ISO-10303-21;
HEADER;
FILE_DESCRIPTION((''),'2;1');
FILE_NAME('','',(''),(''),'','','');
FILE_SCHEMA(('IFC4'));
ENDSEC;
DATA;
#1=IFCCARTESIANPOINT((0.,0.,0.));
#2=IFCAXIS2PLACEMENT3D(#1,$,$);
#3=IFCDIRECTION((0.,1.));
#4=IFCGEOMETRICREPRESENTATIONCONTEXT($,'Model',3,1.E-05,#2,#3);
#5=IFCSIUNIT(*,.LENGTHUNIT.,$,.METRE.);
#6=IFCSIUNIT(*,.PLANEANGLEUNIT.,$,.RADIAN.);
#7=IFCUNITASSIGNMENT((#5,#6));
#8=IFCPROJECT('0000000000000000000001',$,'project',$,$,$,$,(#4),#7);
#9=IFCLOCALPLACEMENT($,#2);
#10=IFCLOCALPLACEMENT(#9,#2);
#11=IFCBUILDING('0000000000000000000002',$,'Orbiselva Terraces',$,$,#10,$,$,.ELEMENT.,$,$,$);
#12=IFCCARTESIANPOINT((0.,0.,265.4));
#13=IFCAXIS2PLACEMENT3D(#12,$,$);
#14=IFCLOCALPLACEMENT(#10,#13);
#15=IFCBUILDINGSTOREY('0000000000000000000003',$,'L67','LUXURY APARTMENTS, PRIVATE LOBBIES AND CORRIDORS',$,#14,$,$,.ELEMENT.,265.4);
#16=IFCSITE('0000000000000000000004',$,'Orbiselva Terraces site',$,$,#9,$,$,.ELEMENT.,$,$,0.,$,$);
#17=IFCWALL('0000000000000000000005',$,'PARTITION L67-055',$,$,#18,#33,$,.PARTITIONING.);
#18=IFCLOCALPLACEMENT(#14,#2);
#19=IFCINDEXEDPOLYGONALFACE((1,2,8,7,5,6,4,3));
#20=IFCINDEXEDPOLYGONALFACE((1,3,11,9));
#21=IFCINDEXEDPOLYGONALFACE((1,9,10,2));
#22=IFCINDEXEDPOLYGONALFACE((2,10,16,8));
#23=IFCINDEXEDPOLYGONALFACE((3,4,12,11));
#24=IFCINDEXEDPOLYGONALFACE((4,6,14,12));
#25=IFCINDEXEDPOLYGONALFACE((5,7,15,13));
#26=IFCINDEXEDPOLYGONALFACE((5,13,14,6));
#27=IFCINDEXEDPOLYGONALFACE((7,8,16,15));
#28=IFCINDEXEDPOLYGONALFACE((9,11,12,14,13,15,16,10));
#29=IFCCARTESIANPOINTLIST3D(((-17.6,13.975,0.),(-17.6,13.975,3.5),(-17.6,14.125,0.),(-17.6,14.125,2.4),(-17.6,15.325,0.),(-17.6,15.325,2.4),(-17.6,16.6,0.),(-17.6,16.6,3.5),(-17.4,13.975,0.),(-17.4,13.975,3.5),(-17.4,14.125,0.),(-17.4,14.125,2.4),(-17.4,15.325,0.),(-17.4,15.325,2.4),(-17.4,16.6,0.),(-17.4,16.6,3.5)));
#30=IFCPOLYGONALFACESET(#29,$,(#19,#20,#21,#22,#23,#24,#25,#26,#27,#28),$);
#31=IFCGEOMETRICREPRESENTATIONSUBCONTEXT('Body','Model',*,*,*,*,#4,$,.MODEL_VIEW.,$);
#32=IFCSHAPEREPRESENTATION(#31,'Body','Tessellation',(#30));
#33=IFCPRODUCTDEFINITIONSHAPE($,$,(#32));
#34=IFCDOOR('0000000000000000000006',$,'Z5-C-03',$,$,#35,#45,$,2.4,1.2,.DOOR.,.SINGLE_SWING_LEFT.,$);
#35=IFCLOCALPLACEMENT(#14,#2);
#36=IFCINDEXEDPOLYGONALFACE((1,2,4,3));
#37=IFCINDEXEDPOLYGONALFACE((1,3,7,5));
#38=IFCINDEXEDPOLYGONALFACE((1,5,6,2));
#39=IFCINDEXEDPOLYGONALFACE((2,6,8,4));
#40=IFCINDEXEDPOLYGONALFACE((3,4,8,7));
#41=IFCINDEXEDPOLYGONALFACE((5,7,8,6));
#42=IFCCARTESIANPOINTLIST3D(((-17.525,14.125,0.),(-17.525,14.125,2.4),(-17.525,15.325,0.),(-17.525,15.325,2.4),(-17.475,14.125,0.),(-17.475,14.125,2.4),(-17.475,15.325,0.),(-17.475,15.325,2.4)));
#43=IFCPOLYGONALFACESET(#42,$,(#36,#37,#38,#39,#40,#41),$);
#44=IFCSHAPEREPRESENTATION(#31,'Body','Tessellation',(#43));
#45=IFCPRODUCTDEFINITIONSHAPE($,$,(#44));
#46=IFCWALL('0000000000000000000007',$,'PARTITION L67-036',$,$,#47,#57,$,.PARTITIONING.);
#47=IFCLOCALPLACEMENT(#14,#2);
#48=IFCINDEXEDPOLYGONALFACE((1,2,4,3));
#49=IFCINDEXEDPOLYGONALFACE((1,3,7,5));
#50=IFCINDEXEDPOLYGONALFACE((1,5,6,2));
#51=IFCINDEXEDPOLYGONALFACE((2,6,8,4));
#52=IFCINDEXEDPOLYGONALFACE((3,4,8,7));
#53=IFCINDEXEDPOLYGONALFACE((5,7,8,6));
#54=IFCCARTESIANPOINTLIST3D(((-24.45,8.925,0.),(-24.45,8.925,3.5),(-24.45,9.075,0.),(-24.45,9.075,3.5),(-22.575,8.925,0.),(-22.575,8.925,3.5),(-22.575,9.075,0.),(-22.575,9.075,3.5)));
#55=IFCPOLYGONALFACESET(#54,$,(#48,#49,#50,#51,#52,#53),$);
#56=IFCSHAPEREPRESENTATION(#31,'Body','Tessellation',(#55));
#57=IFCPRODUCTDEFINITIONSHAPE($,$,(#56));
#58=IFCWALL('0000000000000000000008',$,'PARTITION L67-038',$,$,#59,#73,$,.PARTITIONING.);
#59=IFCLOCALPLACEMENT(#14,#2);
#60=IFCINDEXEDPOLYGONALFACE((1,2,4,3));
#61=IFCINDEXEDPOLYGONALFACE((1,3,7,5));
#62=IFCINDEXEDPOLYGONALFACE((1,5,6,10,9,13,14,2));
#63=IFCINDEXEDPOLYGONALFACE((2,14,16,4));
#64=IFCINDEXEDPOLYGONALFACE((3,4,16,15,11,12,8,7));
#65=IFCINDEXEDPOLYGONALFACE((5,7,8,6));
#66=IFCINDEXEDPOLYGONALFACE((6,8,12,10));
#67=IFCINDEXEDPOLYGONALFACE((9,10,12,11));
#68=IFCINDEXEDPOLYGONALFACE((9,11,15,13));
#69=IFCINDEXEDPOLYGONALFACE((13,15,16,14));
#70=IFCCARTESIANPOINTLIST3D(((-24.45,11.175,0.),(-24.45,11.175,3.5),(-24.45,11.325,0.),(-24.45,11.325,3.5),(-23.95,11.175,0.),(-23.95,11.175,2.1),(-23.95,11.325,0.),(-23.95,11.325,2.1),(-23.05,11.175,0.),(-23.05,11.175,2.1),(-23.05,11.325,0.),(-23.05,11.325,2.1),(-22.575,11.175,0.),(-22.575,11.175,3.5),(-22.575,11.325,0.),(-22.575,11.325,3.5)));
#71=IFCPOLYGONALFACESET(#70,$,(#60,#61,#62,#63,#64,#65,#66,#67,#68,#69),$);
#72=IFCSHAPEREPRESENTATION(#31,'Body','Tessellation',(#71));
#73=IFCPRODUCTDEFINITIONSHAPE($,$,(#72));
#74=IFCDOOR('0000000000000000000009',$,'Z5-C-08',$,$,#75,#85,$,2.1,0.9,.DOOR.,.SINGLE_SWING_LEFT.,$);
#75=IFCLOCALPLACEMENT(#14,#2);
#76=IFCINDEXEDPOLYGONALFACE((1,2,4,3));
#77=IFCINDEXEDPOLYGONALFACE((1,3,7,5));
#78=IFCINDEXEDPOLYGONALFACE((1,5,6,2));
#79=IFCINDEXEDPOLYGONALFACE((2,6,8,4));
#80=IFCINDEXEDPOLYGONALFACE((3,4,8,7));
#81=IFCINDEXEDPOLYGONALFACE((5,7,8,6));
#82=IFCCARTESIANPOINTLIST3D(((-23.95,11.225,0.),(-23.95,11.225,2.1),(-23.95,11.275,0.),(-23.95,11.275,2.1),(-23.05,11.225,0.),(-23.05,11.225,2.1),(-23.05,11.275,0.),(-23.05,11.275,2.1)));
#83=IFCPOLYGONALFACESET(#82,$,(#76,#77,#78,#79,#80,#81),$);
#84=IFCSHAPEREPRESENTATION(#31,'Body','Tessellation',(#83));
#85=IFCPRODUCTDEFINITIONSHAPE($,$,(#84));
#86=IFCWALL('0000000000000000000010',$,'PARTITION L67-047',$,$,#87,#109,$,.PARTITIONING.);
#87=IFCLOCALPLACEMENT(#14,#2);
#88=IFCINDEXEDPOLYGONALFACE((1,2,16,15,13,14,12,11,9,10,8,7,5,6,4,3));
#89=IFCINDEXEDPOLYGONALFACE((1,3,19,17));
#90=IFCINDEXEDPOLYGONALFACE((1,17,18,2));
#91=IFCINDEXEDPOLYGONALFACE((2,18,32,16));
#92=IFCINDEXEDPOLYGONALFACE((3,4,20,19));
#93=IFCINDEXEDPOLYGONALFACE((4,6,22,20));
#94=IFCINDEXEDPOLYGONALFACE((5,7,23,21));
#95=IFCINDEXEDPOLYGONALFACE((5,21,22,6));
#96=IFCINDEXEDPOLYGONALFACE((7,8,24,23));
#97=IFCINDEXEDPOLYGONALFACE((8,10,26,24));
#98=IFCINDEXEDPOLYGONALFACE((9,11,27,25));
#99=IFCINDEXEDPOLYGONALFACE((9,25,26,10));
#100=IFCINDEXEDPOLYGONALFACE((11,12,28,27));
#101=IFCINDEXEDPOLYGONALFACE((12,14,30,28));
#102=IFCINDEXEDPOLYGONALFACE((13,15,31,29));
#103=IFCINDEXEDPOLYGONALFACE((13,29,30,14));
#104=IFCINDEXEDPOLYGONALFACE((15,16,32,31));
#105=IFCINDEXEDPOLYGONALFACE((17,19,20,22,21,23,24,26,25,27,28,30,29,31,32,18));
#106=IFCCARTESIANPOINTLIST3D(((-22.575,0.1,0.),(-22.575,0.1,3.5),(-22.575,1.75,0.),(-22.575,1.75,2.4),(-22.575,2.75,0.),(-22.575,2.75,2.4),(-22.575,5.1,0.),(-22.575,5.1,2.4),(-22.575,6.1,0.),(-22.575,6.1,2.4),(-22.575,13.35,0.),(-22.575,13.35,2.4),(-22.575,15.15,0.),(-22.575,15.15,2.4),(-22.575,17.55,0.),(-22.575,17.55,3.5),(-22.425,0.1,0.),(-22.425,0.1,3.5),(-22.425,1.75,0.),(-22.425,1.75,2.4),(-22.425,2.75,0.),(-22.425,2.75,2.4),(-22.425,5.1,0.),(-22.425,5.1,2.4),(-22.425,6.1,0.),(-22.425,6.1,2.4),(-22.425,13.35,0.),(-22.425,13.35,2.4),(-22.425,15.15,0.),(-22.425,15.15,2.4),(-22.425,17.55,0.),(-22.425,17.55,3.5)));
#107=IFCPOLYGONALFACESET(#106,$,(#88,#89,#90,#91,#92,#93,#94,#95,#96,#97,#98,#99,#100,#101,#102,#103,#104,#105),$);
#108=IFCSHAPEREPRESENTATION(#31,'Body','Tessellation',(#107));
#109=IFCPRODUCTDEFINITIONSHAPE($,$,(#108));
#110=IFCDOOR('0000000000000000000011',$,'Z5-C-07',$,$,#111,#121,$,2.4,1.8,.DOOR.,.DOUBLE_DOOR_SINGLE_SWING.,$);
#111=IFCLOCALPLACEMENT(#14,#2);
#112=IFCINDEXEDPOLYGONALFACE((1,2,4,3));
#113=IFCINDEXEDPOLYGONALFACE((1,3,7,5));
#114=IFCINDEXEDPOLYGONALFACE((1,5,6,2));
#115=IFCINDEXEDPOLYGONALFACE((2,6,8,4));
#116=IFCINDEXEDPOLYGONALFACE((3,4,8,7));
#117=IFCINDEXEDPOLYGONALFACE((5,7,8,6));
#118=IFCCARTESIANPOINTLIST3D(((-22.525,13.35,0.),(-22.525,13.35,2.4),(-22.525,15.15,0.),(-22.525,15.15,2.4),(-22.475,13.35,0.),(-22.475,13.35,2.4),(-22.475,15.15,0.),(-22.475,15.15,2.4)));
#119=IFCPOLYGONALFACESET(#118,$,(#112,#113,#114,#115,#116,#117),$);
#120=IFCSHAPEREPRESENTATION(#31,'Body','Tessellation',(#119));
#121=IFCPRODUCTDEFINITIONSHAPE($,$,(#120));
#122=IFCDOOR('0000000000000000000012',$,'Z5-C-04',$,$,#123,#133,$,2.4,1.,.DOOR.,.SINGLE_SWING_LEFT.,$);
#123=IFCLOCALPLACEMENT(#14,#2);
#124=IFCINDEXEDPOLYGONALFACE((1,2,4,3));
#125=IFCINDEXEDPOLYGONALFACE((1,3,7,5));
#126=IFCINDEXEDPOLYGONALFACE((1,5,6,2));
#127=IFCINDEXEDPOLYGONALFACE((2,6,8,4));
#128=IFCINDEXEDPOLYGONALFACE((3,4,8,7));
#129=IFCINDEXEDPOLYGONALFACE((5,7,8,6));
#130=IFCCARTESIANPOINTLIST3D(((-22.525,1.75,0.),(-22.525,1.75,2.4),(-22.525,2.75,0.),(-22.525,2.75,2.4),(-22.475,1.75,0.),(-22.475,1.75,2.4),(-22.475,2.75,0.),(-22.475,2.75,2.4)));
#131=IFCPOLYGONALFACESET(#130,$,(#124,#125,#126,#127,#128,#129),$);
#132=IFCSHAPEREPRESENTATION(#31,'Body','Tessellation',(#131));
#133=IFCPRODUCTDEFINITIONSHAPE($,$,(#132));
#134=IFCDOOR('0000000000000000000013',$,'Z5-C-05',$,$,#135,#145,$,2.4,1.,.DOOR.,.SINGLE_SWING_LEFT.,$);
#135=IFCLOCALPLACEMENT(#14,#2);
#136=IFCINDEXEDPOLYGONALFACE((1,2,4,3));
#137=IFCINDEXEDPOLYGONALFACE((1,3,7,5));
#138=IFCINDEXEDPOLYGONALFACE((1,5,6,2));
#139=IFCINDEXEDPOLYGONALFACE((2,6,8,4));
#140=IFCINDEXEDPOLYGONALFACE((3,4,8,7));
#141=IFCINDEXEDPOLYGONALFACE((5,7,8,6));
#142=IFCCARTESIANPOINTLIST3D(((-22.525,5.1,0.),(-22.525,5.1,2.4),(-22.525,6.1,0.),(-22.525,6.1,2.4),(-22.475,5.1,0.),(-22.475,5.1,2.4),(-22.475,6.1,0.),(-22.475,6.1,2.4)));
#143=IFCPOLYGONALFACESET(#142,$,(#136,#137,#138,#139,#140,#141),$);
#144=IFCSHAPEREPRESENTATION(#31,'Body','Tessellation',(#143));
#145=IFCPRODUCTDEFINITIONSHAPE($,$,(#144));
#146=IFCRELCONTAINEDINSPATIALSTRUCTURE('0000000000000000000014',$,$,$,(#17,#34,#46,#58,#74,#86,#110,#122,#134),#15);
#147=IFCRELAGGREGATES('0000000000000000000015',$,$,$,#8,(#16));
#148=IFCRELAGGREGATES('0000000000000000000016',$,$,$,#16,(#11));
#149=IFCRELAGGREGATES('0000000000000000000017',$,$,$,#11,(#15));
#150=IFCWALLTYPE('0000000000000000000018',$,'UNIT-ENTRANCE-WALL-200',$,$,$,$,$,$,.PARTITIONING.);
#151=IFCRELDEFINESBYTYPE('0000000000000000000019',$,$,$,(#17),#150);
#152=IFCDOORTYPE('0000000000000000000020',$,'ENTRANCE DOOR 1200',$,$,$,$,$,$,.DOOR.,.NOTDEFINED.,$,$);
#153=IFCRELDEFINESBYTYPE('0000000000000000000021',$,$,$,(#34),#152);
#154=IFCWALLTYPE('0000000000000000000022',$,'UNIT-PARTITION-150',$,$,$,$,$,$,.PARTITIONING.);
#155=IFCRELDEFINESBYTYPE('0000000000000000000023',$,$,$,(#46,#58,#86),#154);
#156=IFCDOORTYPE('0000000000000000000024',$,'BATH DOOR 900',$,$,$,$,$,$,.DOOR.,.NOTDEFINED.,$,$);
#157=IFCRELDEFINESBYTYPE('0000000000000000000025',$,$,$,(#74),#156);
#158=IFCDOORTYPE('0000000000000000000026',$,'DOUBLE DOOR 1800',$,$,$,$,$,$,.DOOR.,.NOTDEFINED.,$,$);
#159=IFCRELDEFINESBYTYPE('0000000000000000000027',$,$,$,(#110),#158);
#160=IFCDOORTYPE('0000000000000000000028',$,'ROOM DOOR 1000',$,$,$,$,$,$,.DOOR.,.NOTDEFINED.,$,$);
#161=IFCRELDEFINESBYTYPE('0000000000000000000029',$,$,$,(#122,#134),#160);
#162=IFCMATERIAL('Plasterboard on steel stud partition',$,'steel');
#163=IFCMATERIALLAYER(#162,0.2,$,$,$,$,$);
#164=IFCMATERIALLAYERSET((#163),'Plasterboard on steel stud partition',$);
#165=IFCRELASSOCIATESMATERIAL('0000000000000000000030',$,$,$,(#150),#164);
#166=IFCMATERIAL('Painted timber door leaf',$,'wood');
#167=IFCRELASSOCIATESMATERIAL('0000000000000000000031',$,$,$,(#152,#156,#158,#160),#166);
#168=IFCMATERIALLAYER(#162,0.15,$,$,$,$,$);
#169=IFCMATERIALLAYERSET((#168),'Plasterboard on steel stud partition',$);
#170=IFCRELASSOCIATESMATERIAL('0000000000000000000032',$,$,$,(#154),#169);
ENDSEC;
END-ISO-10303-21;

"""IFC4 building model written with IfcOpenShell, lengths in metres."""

from ifc_helpers import new_model, si_unit, direction, frame, frame_2d, origin, place, context, subcontext, project, spatial, rectangle, extrude, material, layer, layer_set, type_object, element, fill, save


model = new_model("IFC4")

# Units and contexts
model_context = context("Model", 3, precision=1e-05, world=origin(), true_north=direction((0.0, 1.0)))
body_context = subcontext(model_context, "Body", "Model", "MODEL_VIEW")
ifc_project = project(units=[si_unit("LENGTHUNIT", "METRE"), si_unit("PLANEANGLEUNIT", "RADIAN")], contexts=[model_context])

# Site, building, storey
site_placement = place(None, origin())
site = spatial("IfcSite", under=ifc_project, at=site_placement, Name="Orbiselva Terraces site", CompositionType="ELEMENT", RefElevation=0.0)
building_placement = place(site_placement, origin())
building = spatial("IfcBuilding", under=site, at=building_placement, Name="Orbiselva Terraces", CompositionType="ELEMENT")
storey_placement = place(building_placement, frame((0.0, 0.0, 265.4)))
storey = spatial("IfcBuildingStorey", under=building, at=storey_placement, Name="L67", Description="LUXURY APARTMENTS, PRIVATE LOBBIES AND CORRIDORS", CompositionType="ELEMENT", Elevation=265.4)

# Shared definitions
ifc_material_1 = material(Name="Plasterboard on steel stud partition", Category="steel")
ifc_layer_1 = layer(ifc_material_1, 0.2)
ifc_layer_set_1 = layer_set([ifc_layer_1], Name="Plasterboard on steel stud partition")
wall_type_1 = type_object("IfcWallType", Name="UNIT-ENTRANCE-WALL-200", PredefinedType="PARTITIONING", material=ifc_layer_set_1)

# Wall, opening, door
wall_1_placement = place(storey_placement, frame((-17.5, 13.975, 0.0), z_axis=(0.0, 0.0, 1.0), x_axis=(0.0, 1.0, 0.0)))
wall_1 = element("IfcWall", 1, at=wall_1_placement, inside=storey, type_object=wall_type_1, Name="PARTITION L67-055", PredefinedType="PARTITIONING", context=body_context, shape_type="SweptSolid", body=[
    extrude(rectangle(XDim=2.625, YDim=0.2, at=frame_2d((1.3125, 0.0))), origin(), (0.0, 0.0, 1.0), 3.5),
])
opening_1_placement = place(wall_1_placement, frame((0.15, 0.0, 0.0)))
opening_1 = element("IfcOpeningElement", 2, at=opening_1_placement, cuts=wall_1, PredefinedType="OPENING", context=body_context, shape_type="SweptSolid", body=[
    extrude(rectangle(XDim=1.2, YDim=2.4, at=frame_2d((0.6, 1.2))), frame((0.0, 0.11, 0.0), z_axis=(0.0, -1.0, 0.0), x_axis=(1.0, 0.0, 0.0)), (0.0, 0.0, 1.0), 0.22),
])
ifc_material_2 = material(Name="Painted timber door leaf", Category="wood")
door_type_1 = type_object("IfcDoorType", Name="ENTRANCE DOOR 1200", OperationType="NOTDEFINED", PredefinedType="DOOR", material=ifc_material_2)
door_1_placement = place(opening_1_placement, origin())
door_1 = element("IfcDoor", 3, at=door_1_placement, inside=storey, type_object=door_type_1, Name="Z5-C-03", OperationType="SINGLE_SWING_LEFT", OverallHeight=2.4, OverallWidth=1.2, PredefinedType="DOOR", context=body_context, shape_type="SweptSolid", body=[
    extrude(rectangle(XDim=1.2, YDim=2.4, at=frame_2d((0.6, 1.2))), frame((0.0, 0.025, 0.0), z_axis=(0.0, -1.0, 0.0), x_axis=(1.0, 0.0, 0.0)), (0.0, 0.0, 1.0), 0.05),
])
fill(opening_1, door_1)

# Wall
ifc_layer_2 = layer(ifc_material_1, 0.15)
ifc_layer_set_2 = layer_set([ifc_layer_2], Name="Plasterboard on steel stud partition")
wall_type_2 = type_object("IfcWallType", Name="UNIT-PARTITION-150", PredefinedType="PARTITIONING", material=ifc_layer_set_2)
wall_2_placement = place(storey_placement, frame((-24.45, 9.0, 0.0), z_axis=(0.0, 0.0, 1.0), x_axis=(1.0, 0.0, 0.0)))
element("IfcWall", 4, at=wall_2_placement, inside=storey, type_object=wall_type_2, Name="PARTITION L67-036", PredefinedType="PARTITIONING", context=body_context, shape_type="SweptSolid", body=[
    extrude(rectangle(XDim=1.875, YDim=0.15, at=frame_2d((0.9375, 0.0))), origin(), (0.0, 0.0, 1.0), 3.5),
])

# Wall, opening, door
wall_3_placement = place(storey_placement, frame((-22.575, 11.25, 0.0), z_axis=(0.0, 0.0, 1.0), x_axis=(-1.0, 0.0, 0.0)))
wall_3 = element("IfcWall", 5, at=wall_3_placement, inside=storey, type_object=wall_type_2, Name="PARTITION L67-038", PredefinedType="PARTITIONING", context=body_context, shape_type="SweptSolid", body=[
    extrude(rectangle(XDim=1.875, YDim=0.15, at=frame_2d((0.9375, 0.0))), origin(), (0.0, 0.0, 1.0), 3.5),
])
opening_2_placement = place(wall_3_placement, frame((0.475, 0.0, 0.0)))
opening_2 = element("IfcOpeningElement", 6, at=opening_2_placement, cuts=wall_3, PredefinedType="OPENING", context=body_context, shape_type="SweptSolid", body=[
    extrude(rectangle(XDim=0.9, YDim=2.1, at=frame_2d((0.45, 1.05))), frame((0.0, 0.085, 0.0), z_axis=(0.0, -1.0, 0.0), x_axis=(1.0, 0.0, 0.0)), (0.0, 0.0, 1.0), 0.17),
])
door_type_2 = type_object("IfcDoorType", Name="BATH DOOR 900", OperationType="NOTDEFINED", PredefinedType="DOOR", material=ifc_material_2)
door_2_placement = place(opening_2_placement, origin())
door_2 = element("IfcDoor", 7, at=door_2_placement, inside=storey, type_object=door_type_2, Name="Z5-C-08", OperationType="SINGLE_SWING_LEFT", OverallHeight=2.1, OverallWidth=0.9, PredefinedType="DOOR", context=body_context, shape_type="SweptSolid", body=[
    extrude(rectangle(XDim=0.9, YDim=2.1, at=frame_2d((0.45, 1.05))), frame((0.0, 0.025, 0.0), z_axis=(0.0, -1.0, 0.0), x_axis=(1.0, 0.0, 0.0)), (0.0, 0.0, 1.0), 0.05),
])
fill(opening_2, door_2)

# Wall, openings, doors
wall_4_placement = place(storey_placement, frame((-22.5, 0.1, 0.0), z_axis=(0.0, 0.0, 1.0), x_axis=(0.0, 1.0, 0.0)))
wall_4 = element("IfcWall", 8, at=wall_4_placement, inside=storey, type_object=wall_type_2, Name="PARTITION L67-047", PredefinedType="PARTITIONING", context=body_context, shape_type="SweptSolid", body=[
    extrude(rectangle(XDim=17.45, YDim=0.15, at=frame_2d((8.725, 0.0))), origin(), (0.0, 0.0, 1.0), 3.5),
])
opening_3_placement = place(wall_4_placement, frame((1.65, 0.0, 0.0)))
opening_3 = element("IfcOpeningElement", 9, at=opening_3_placement, cuts=wall_4, PredefinedType="OPENING", context=body_context, shape_type="SweptSolid", body=[
    extrude(rectangle(XDim=1.0, YDim=2.4, at=frame_2d((0.5, 1.2))), frame((0.0, 0.085, 0.0), z_axis=(0.0, -1.0, 0.0), x_axis=(1.0, 0.0, 0.0)), (0.0, 0.0, 1.0), 0.17),
])
opening_4_placement = place(wall_4_placement, frame((5.0, 0.0, 0.0)))
opening_4 = element("IfcOpeningElement", 10, at=opening_4_placement, cuts=wall_4, PredefinedType="OPENING", context=body_context, shape_type="SweptSolid", body=[
    extrude(rectangle(XDim=1.0, YDim=2.4, at=frame_2d((0.5, 1.2))), frame((0.0, 0.085, 0.0), z_axis=(0.0, -1.0, 0.0), x_axis=(1.0, 0.0, 0.0)), (0.0, 0.0, 1.0), 0.17),
])
opening_5_placement = place(wall_4_placement, frame((13.25, 0.0, 0.0)))
opening_5 = element("IfcOpeningElement", 11, at=opening_5_placement, cuts=wall_4, PredefinedType="OPENING", context=body_context, shape_type="SweptSolid", body=[
    extrude(rectangle(XDim=1.8, YDim=2.4, at=frame_2d((0.9, 1.2))), frame((0.0, 0.085, 0.0), z_axis=(0.0, -1.0, 0.0), x_axis=(1.0, 0.0, 0.0)), (0.0, 0.0, 1.0), 0.17),
])
door_type_3 = type_object("IfcDoorType", Name="DOUBLE DOOR 1800", OperationType="NOTDEFINED", PredefinedType="DOOR", material=ifc_material_2)
door_3_placement = place(opening_5_placement, origin())
door_3 = element("IfcDoor", 12, at=door_3_placement, inside=storey, type_object=door_type_3, Name="Z5-C-07", OperationType="DOUBLE_DOOR_SINGLE_SWING", OverallHeight=2.4, OverallWidth=1.8, PredefinedType="DOOR", context=body_context, shape_type="SweptSolid", body=[
    extrude(rectangle(XDim=1.8, YDim=2.4, at=frame_2d((0.9, 1.2))), frame((0.0, 0.025, 0.0), z_axis=(0.0, -1.0, 0.0), x_axis=(1.0, 0.0, 0.0)), (0.0, 0.0, 1.0), 0.05),
])
fill(opening_5, door_3)
door_type_4 = type_object("IfcDoorType", Name="ROOM DOOR 1000", OperationType="NOTDEFINED", PredefinedType="DOOR", material=ifc_material_2)
door_4_placement = place(opening_3_placement, origin())
door_4 = element("IfcDoor", 13, at=door_4_placement, inside=storey, type_object=door_type_4, Name="Z5-C-04", OperationType="SINGLE_SWING_LEFT", OverallHeight=2.4, OverallWidth=1.0, PredefinedType="DOOR", context=body_context, shape_type="SweptSolid", body=[
    extrude(rectangle(XDim=1.0, YDim=2.4, at=frame_2d((0.5, 1.2))), frame((0.0, 0.025, 0.0), z_axis=(0.0, -1.0, 0.0), x_axis=(1.0, 0.0, 0.0)), (0.0, 0.0, 1.0), 0.05),
])
fill(opening_3, door_4)
door_5_placement = place(opening_4_placement, origin())
door_5 = element("IfcDoor", 14, at=door_5_placement, inside=storey, type_object=door_type_4, Name="Z5-C-05", OperationType="SINGLE_SWING_LEFT", OverallHeight=2.4, OverallWidth=1.0, PredefinedType="DOOR", context=body_context, shape_type="SweptSolid", body=[
    extrude(rectangle(XDim=1.0, YDim=2.4, at=frame_2d((0.5, 1.2))), frame((0.0, 0.025, 0.0), z_axis=(0.0, -1.0, 0.0), x_axis=(1.0, 0.0, 0.0)), (0.0, 0.0, 1.0), 0.05),
])
fill(opening_4, door_5)

save(model, "model.ifc")
